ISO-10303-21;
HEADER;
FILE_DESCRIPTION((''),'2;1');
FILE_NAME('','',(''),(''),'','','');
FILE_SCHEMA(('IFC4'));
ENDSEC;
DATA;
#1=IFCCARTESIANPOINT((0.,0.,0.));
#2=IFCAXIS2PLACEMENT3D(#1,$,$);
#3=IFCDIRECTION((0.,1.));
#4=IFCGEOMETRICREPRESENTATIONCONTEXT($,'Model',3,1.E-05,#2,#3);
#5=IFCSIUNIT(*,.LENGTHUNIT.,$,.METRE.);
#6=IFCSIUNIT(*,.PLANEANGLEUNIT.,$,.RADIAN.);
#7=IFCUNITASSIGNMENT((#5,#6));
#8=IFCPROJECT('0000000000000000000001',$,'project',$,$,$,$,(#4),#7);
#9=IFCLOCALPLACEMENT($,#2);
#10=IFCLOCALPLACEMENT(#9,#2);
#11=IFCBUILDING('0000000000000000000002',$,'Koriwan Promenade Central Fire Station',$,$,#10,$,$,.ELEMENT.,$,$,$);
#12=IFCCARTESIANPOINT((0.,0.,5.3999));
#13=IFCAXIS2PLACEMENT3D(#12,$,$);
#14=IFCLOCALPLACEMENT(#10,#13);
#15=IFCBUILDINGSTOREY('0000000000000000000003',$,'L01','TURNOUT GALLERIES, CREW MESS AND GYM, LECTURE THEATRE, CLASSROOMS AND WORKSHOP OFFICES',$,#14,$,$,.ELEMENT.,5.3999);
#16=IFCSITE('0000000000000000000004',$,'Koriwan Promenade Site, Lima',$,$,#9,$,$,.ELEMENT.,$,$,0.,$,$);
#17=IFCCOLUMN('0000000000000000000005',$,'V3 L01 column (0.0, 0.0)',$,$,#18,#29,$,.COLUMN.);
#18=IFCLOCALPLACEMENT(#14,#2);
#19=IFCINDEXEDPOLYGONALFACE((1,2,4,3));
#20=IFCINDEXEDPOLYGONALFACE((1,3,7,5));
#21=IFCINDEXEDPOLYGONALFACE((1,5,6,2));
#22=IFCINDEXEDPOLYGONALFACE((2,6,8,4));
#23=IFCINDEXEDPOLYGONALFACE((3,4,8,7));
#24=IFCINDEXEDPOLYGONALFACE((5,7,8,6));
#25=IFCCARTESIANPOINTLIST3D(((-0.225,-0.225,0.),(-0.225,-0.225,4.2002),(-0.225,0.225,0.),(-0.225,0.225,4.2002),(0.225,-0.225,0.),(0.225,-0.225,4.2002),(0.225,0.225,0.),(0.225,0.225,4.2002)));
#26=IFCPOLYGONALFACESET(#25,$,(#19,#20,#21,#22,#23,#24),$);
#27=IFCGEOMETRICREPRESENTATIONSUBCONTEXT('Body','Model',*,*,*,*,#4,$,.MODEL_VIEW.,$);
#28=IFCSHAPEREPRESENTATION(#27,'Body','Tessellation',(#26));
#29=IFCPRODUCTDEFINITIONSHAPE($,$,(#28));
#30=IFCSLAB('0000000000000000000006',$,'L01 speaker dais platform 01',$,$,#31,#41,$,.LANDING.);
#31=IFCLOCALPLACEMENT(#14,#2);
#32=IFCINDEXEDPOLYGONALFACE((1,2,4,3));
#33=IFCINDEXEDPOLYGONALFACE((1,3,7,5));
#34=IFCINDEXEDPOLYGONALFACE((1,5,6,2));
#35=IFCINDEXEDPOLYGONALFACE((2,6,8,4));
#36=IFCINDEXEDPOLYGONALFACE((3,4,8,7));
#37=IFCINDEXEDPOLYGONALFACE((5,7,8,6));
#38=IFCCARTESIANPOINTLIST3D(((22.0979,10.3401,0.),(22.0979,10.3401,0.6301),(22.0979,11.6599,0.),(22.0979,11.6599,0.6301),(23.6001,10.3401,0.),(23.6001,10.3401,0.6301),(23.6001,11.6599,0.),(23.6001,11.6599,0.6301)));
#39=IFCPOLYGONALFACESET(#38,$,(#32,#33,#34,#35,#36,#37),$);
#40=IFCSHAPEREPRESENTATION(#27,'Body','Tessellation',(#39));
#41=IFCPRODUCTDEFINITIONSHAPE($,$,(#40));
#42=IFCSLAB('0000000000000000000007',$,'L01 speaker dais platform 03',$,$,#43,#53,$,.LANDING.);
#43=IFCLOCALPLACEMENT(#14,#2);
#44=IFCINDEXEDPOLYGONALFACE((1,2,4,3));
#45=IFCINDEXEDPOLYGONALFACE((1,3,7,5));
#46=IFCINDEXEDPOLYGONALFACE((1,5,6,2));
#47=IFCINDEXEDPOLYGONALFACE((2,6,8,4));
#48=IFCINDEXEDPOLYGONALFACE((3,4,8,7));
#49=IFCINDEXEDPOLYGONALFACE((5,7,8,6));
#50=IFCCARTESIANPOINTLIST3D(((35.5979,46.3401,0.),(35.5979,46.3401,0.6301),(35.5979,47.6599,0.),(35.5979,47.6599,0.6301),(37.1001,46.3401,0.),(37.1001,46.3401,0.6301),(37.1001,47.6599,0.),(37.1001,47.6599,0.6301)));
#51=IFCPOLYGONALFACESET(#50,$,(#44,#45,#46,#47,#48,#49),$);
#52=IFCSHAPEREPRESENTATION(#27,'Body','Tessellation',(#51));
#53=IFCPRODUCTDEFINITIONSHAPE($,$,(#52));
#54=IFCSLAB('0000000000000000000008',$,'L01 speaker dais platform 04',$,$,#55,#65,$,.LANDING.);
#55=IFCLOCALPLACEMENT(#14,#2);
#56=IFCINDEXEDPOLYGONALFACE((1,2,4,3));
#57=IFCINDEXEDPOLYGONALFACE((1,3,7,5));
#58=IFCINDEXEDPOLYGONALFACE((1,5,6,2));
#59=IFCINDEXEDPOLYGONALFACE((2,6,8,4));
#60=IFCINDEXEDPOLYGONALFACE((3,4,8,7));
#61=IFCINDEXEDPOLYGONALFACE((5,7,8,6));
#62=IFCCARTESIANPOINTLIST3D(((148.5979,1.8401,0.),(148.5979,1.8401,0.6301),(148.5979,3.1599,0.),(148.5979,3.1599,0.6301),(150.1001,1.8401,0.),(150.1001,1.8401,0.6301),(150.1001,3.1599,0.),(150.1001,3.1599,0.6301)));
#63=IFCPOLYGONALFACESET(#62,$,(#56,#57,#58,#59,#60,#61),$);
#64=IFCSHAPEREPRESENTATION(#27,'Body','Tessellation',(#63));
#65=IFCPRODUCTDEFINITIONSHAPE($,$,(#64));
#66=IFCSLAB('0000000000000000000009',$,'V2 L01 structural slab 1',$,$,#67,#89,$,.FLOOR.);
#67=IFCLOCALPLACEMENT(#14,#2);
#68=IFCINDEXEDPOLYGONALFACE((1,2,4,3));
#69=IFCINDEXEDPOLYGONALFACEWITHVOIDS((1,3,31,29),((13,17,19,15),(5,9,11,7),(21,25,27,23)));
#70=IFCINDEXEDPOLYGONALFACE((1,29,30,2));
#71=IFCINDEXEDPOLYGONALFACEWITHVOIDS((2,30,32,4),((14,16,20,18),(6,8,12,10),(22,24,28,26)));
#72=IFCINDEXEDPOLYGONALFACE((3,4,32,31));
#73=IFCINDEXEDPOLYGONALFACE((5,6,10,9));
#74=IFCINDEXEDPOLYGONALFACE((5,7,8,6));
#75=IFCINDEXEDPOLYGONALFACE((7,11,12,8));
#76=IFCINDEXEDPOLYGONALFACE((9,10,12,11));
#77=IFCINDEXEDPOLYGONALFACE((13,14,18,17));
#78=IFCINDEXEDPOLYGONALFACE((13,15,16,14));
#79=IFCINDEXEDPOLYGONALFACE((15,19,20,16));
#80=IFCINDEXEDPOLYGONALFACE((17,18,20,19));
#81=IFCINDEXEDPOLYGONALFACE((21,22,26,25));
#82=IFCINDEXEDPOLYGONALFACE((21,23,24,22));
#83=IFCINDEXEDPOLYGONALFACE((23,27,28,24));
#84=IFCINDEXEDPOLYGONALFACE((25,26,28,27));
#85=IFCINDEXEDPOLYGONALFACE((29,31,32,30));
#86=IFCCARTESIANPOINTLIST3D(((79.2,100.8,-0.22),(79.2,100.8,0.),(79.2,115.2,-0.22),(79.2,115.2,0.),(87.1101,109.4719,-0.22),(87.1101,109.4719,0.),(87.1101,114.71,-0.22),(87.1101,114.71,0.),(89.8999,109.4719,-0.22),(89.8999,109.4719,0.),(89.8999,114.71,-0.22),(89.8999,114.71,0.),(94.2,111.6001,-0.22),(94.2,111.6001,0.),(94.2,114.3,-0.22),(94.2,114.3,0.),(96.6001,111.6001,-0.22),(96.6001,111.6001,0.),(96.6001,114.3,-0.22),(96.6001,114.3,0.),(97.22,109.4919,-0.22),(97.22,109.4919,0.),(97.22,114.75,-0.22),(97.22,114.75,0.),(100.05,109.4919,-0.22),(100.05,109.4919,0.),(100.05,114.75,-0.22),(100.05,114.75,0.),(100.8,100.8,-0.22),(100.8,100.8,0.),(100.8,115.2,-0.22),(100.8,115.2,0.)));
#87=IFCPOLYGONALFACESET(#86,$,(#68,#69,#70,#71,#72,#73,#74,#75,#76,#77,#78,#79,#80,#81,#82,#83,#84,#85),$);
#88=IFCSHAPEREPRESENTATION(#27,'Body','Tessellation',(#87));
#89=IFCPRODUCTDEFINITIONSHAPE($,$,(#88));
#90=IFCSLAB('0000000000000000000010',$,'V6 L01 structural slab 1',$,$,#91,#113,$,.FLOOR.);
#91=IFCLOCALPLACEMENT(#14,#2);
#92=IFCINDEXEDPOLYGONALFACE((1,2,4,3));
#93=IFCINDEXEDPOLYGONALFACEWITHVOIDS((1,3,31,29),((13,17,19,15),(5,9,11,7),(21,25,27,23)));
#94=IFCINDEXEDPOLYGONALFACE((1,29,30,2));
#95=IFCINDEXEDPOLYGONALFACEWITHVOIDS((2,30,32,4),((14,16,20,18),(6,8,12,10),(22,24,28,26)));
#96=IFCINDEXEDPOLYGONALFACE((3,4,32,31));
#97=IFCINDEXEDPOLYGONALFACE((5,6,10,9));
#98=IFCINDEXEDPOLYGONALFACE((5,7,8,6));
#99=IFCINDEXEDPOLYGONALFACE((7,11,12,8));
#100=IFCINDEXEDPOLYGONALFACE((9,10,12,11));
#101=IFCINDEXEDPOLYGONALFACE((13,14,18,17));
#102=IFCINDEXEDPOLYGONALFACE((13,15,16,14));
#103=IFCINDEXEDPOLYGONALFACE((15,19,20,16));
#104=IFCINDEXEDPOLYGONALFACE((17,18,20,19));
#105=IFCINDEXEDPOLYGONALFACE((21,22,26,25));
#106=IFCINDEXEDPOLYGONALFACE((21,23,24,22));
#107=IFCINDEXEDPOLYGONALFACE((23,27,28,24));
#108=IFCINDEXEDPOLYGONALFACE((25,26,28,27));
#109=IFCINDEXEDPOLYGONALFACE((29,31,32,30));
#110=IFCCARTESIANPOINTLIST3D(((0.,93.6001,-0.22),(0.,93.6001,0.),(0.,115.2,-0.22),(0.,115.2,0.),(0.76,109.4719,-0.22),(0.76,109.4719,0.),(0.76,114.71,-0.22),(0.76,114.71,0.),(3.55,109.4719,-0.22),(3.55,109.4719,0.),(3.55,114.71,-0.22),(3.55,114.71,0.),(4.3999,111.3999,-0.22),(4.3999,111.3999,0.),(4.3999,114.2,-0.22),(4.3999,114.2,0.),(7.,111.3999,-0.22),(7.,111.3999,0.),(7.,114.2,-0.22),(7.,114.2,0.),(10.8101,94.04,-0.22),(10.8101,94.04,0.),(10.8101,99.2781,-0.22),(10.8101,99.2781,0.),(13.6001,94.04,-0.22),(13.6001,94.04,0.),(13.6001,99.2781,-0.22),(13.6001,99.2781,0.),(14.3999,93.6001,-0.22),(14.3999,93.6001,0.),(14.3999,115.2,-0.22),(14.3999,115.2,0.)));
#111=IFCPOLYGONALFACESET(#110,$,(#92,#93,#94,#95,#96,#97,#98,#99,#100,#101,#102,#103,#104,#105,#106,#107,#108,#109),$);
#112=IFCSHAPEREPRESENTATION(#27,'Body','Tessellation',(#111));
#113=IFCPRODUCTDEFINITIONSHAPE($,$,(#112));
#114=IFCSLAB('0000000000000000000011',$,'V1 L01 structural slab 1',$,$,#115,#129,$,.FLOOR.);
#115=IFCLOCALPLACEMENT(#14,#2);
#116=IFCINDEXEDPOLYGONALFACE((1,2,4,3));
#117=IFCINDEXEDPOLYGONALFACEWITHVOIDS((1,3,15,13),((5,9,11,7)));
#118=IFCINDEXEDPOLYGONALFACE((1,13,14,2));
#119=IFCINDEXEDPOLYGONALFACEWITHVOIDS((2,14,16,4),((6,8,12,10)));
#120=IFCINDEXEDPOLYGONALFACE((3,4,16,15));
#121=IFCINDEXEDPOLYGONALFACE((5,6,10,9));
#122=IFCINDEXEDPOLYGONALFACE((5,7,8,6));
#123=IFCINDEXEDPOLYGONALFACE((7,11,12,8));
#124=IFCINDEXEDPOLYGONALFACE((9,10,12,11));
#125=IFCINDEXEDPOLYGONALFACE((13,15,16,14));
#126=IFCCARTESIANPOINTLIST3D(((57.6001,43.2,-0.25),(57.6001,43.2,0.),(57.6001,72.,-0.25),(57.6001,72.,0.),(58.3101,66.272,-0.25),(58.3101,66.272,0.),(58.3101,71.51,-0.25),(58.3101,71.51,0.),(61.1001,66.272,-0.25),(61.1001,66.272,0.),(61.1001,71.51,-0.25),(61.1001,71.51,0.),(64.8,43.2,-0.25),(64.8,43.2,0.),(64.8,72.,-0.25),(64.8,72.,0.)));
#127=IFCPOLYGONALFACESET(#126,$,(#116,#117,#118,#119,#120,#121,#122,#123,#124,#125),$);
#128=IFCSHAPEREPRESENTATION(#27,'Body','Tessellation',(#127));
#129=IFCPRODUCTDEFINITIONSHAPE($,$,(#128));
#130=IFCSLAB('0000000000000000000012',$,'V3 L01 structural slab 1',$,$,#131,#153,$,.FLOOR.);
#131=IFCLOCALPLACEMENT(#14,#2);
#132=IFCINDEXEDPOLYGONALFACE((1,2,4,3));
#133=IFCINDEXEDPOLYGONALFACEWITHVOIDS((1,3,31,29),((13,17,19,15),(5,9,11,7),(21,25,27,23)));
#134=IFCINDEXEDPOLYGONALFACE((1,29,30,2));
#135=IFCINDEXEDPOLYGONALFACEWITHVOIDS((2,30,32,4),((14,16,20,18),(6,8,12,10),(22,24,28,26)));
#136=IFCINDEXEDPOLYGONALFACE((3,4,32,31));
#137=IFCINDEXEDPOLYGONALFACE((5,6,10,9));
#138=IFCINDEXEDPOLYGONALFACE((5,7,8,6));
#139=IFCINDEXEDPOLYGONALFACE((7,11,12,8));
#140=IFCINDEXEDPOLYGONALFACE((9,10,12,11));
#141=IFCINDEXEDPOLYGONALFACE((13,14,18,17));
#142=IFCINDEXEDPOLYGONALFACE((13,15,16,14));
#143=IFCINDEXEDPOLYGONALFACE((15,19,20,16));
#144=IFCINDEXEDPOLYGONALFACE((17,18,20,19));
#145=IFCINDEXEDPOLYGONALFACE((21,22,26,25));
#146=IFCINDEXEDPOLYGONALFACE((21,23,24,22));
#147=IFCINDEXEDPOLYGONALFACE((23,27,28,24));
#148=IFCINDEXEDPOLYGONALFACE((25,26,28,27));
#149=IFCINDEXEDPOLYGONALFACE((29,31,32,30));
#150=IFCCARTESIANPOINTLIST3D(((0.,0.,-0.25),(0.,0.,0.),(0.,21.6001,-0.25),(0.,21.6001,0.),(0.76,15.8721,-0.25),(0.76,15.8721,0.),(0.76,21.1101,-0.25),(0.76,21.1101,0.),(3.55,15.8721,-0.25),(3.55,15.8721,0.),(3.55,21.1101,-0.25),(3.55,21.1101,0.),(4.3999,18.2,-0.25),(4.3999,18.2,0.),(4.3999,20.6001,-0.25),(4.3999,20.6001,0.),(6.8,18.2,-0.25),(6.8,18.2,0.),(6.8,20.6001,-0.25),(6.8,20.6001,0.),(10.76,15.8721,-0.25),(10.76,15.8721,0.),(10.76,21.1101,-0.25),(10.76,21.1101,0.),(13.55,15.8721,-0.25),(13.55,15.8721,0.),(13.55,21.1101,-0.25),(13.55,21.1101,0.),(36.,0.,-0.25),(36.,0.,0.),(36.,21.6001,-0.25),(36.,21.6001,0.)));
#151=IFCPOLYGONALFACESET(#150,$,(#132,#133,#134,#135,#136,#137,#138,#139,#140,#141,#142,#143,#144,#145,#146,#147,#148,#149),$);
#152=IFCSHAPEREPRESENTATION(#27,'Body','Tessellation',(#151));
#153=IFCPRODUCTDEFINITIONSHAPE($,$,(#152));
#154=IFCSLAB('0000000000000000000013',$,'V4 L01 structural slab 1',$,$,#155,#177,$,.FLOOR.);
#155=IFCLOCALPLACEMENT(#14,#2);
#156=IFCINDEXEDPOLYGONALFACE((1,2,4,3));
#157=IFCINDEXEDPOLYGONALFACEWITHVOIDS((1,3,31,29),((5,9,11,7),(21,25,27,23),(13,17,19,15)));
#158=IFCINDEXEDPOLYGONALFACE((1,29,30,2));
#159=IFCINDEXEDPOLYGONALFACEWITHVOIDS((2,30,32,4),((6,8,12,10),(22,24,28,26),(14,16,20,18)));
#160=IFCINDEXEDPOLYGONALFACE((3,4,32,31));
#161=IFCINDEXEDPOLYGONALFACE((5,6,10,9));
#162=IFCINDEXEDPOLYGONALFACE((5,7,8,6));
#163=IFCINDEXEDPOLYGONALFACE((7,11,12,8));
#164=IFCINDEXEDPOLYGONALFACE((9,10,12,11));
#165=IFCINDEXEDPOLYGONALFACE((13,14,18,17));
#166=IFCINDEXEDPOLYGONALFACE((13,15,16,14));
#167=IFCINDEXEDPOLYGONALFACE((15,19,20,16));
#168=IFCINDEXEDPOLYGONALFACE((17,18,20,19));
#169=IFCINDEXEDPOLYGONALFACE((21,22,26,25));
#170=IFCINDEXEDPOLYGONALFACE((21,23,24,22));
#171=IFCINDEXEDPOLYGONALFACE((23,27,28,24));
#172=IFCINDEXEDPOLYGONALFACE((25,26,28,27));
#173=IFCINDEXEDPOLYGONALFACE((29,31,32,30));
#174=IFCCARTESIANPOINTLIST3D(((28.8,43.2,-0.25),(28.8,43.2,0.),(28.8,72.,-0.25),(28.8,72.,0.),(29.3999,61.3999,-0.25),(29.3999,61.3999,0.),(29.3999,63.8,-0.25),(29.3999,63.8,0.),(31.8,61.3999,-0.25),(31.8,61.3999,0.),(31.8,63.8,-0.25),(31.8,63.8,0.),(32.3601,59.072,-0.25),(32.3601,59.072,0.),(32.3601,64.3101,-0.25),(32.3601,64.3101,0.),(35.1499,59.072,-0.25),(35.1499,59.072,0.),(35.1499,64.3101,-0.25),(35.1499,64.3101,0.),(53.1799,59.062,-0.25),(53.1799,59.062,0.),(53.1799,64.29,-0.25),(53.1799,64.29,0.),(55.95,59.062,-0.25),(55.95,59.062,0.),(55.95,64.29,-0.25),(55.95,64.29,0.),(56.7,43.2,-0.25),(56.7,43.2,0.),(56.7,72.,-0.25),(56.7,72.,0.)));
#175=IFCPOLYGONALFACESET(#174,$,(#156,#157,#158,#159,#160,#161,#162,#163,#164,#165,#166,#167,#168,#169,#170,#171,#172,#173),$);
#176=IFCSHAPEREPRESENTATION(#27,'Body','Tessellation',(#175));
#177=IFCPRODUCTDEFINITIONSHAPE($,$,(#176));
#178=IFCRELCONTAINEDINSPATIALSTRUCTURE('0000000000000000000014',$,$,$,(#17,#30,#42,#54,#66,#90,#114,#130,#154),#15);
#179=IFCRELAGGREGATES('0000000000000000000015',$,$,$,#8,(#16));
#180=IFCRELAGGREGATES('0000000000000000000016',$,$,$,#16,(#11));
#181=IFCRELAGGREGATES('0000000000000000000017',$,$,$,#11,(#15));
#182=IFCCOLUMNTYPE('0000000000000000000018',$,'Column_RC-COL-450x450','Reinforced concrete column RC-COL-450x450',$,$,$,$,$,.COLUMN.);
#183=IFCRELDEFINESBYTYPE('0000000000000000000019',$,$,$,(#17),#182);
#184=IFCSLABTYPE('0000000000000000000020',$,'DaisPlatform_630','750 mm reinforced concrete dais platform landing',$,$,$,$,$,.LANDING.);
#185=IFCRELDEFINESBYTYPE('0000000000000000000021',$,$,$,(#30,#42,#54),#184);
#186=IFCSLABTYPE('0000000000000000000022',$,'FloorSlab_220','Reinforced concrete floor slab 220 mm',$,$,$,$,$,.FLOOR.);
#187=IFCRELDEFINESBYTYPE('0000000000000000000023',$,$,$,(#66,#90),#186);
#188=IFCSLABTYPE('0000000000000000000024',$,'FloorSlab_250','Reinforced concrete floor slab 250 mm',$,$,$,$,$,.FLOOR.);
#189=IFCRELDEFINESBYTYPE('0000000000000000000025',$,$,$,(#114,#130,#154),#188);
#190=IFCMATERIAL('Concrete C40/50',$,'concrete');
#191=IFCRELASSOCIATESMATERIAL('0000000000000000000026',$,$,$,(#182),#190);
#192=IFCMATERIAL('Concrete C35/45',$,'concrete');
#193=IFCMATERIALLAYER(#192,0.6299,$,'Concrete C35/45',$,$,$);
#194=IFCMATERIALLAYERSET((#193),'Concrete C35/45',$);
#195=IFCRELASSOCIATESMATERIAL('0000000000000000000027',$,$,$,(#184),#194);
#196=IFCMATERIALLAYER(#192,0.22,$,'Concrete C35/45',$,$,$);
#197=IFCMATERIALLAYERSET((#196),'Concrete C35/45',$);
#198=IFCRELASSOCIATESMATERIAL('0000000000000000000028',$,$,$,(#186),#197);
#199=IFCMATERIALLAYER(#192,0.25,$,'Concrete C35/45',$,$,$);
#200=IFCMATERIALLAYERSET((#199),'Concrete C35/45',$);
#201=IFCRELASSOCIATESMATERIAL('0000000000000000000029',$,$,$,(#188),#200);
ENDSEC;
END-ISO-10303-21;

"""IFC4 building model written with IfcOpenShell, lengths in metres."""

from ifc_helpers import new_model, si_unit, direction, frame, origin, origin_with_axes, origin_2d, place, context, subcontext, project, spatial, polyline, rectangle, outline, extrude, material, layer, layer_set, material_profile, profile_set, type_object, element, save


model = new_model("IFC4")

# Units and contexts
model_context = context("Model", 3, precision=1e-05, world=origin(), true_north=direction((0.0, 1.0)))
body_context = subcontext(model_context, "Body", "Model", "MODEL_VIEW")
ifc_project = project(units=[si_unit("LENGTHUNIT", "METRE"), si_unit("PLANEANGLEUNIT", "RADIAN")], contexts=[model_context])

# Site, building, storey
site_placement = place(None, origin())
site = spatial("IfcSite", under=ifc_project, at=site_placement, Name="Koriwan Promenade Site, Lima", CompositionType="ELEMENT", RefElevation=0.0)
building_placement = place(site_placement, origin())
building = spatial("IfcBuilding", under=site, at=building_placement, Name="Koriwan Promenade Central Fire Station", CompositionType="ELEMENT")
storey_placement = place(building_placement, frame((0.0, 0.0, 5.3999)))
storey = spatial("IfcBuildingStorey", under=building, at=storey_placement, Name="L01", Description="TURNOUT GALLERIES, CREW MESS AND GYM, LECTURE THEATRE, CLASSROOMS AND WORKSHOP OFFICES", CompositionType="ELEMENT", Elevation=5.3999)

# Column
ifc_material_1 = material(Name="Concrete C40/50", Category="concrete")
ifc_material_profile = material_profile(ifc_material_1, rectangle(XDim=0.45, YDim=0.45, at=origin_2d()), Name="RC-COL-450x450")
ifc_profile_set = profile_set([ifc_material_profile], Name="Concrete C40/50")
column_type = type_object("IfcColumnType", Name="Column_RC-COL-450x450", Description="Reinforced concrete column RC-COL-450x450", PredefinedType="COLUMN", material=ifc_profile_set)
column_placement = place(storey_placement, origin_with_axes())
element("IfcColumn", 1, at=column_placement, inside=storey, type_object=column_type, Name="V3 L01 column (0.0, 0.0)", PredefinedType="COLUMN", context=body_context, shape_type="SweptSolid", body=[
    extrude(rectangle(XDim=0.45, YDim=0.45, at=origin_2d()), origin(), (0.0, 0.0, 1.0), 4.2002),
])

# Slabs
ifc_material_2 = material(Name="Concrete C35/45", Category="concrete")
ifc_layer_1 = layer(ifc_material_2, 0.6299, Name="Concrete C35/45")
ifc_layer_set_1 = layer_set([ifc_layer_1], Name="Concrete C35/45")
slab_type_1 = type_object("IfcSlabType", Name="DaisPlatform_630", Description="750 mm reinforced concrete dais platform landing", PredefinedType="LANDING", material=ifc_layer_set_1)
slab_1_placement = place(storey_placement, origin())
element("IfcSlab", 2, at=slab_1_placement, inside=storey, type_object=slab_type_1, Name="L01 speaker dais platform 01", PredefinedType="LANDING", context=body_context, shape_type="SweptSolid", body=[
    extrude(outline(polyline([(22.0979, 10.3401), (23.6001, 10.3401), (23.6001, 11.6599), (22.0979, 11.6599), (22.0979, 10.3401)])), origin(), (0.0, 0.0, 1.0), 0.6301),
])
slab_2_placement = place(storey_placement, origin())
element("IfcSlab", 3, at=slab_2_placement, inside=storey, type_object=slab_type_1, Name="L01 speaker dais platform 03", PredefinedType="LANDING", context=body_context, shape_type="SweptSolid", body=[
    extrude(outline(polyline([(35.5979, 46.3401), (37.1001, 46.3401), (37.1001, 47.6599), (35.5979, 47.6599), (35.5979, 46.3401)])), origin(), (0.0, 0.0, 1.0), 0.6301),
])
slab_3_placement = place(storey_placement, origin())
element("IfcSlab", 4, at=slab_3_placement, inside=storey, type_object=slab_type_1, Name="L01 speaker dais platform 04", PredefinedType="LANDING", context=body_context, shape_type="SweptSolid", body=[
    extrude(outline(polyline([(148.5979, 1.8401), (150.1001, 1.8401), (150.1001, 3.1599), (148.5979, 3.1599), (148.5979, 1.8401)])), origin(), (0.0, 0.0, 1.0), 0.6301),
])
ifc_layer_2 = layer(ifc_material_2, 0.22, Name="Concrete C35/45")
ifc_layer_set_2 = layer_set([ifc_layer_2], Name="Concrete C35/45")
slab_type_2 = type_object("IfcSlabType", Name="FloorSlab_220", Description="Reinforced concrete floor slab 220 mm", PredefinedType="FLOOR", material=ifc_layer_set_2)
slab_4_placement = place(storey_placement, frame((0.0, 0.0, -0.22)))
element("IfcSlab", 5, at=slab_4_placement, inside=storey, type_object=slab_type_2, Name="V2 L01 structural slab 1", PredefinedType="FLOOR", context=body_context, shape_type="SweptSolid", body=[
    extrude(outline(polyline([(100.8, 115.2), (100.8, 100.8), (79.2, 100.8), (79.2, 115.2), (100.8, 115.2)]), holes=[polyline([(100.05, 109.4919), (100.05, 114.75), (97.22, 114.75), (97.22, 109.4919), (100.05, 109.4919)]), polyline([(87.1101, 109.4719), (89.8999, 109.4719), (89.8999, 114.71), (87.1101, 114.71), (87.1101, 109.4719)]), polyline([(96.6001, 114.3), (94.2, 114.3), (94.2, 111.6001), (96.6001, 111.6001), (96.6001, 114.3)])]), origin(), (0.0, 0.0, 1.0), 0.22),
])
slab_5_placement = place(storey_placement, frame((0.0, 0.0, -0.22)))
element("IfcSlab", 6, at=slab_5_placement, inside=storey, type_object=slab_type_2, Name="V6 L01 structural slab 1", PredefinedType="FLOOR", context=body_context, shape_type="SweptSolid", body=[
    extrude(outline(polyline([(14.3999, 115.2), (14.3999, 93.6001), (0.0, 93.6001), (0.0, 115.2), (14.3999, 115.2)]), holes=[polyline([(3.55, 109.4719), (3.55, 114.71), (0.76, 114.71), (0.76, 109.4719), (3.55, 109.4719)]), polyline([(10.8101, 94.04), (13.6001, 94.04), (13.6001, 99.2781), (10.8101, 99.2781), (10.8101, 94.04)]), polyline([(7.0, 114.2), (4.3999, 114.2), (4.3999, 111.3999), (7.0, 111.3999), (7.0, 114.2)])]), origin(), (0.0, 0.0, 1.0), 0.22),
])
ifc_layer_3 = layer(ifc_material_2, 0.25, Name="Concrete C35/45")
ifc_layer_set_3 = layer_set([ifc_layer_3], Name="Concrete C35/45")
slab_type_3 = type_object("IfcSlabType", Name="FloorSlab_250", Description="Reinforced concrete floor slab 250 mm", PredefinedType="FLOOR", material=ifc_layer_set_3)
slab_6_placement = place(storey_placement, frame((0.0, 0.0, -0.25)))
element("IfcSlab", 7, at=slab_6_placement, inside=storey, type_object=slab_type_3, Name="V1 L01 structural slab 1", PredefinedType="FLOOR", context=body_context, shape_type="SweptSolid", body=[
    extrude(outline(polyline([(64.8, 43.2), (57.6001, 43.2), (57.6001, 72.0), (64.8, 72.0), (64.8, 43.2)]), holes=[polyline([(58.3101, 66.272), (61.1001, 66.272), (61.1001, 71.51), (58.3101, 71.51), (58.3101, 66.272)])]), origin(), (0.0, 0.0, 1.0), 0.25),
])
slab_7_placement = place(storey_placement, frame((0.0, 0.0, -0.25)))
element("IfcSlab", 8, at=slab_7_placement, inside=storey, type_object=slab_type_3, Name="V3 L01 structural slab 1", PredefinedType="FLOOR", context=body_context, shape_type="SweptSolid", body=[
    extrude(outline(polyline([(36.0, 21.6001), (36.0, 0.0), (0.0, 0.0), (0.0, 21.6001), (36.0, 21.6001)]), holes=[polyline([(0.76, 21.1101), (0.76, 15.8721), (3.55, 15.8721), (3.55, 21.1101), (0.76, 21.1101)]), polyline([(13.55, 21.1101), (10.76, 21.1101), (10.76, 15.8721), (13.55, 15.8721), (13.55, 21.1101)]), polyline([(4.3999, 20.6001), (4.3999, 18.2), (6.8, 18.2), (6.8, 20.6001), (4.3999, 20.6001)])]), origin(), (0.0, 0.0, 1.0), 0.25),
])
slab_8_placement = place(storey_placement, frame((0.0, 0.0, -0.25)))
element("IfcSlab", 9, at=slab_8_placement, inside=storey, type_object=slab_type_3, Name="V4 L01 structural slab 1", PredefinedType="FLOOR", context=body_context, shape_type="SweptSolid", body=[
    extrude(outline(polyline([(56.7, 72.0), (56.7, 43.2), (28.8, 43.2), (28.8, 72.0), (56.7, 72.0)]), holes=[polyline([(35.1499, 59.072), (35.1499, 64.3101), (32.3601, 64.3101), (32.3601, 59.072), (35.1499, 59.072)]), polyline([(53.1799, 59.062), (55.95, 59.062), (55.95, 64.29), (53.1799, 64.29), (53.1799, 59.062)]), polyline([(29.3999, 61.3999), (31.8, 61.3999), (31.8, 63.8), (29.3999, 63.8), (29.3999, 61.3999)])]), origin(), (0.0, 0.0, 1.0), 0.25),
])

save(model, "model.ifc")
